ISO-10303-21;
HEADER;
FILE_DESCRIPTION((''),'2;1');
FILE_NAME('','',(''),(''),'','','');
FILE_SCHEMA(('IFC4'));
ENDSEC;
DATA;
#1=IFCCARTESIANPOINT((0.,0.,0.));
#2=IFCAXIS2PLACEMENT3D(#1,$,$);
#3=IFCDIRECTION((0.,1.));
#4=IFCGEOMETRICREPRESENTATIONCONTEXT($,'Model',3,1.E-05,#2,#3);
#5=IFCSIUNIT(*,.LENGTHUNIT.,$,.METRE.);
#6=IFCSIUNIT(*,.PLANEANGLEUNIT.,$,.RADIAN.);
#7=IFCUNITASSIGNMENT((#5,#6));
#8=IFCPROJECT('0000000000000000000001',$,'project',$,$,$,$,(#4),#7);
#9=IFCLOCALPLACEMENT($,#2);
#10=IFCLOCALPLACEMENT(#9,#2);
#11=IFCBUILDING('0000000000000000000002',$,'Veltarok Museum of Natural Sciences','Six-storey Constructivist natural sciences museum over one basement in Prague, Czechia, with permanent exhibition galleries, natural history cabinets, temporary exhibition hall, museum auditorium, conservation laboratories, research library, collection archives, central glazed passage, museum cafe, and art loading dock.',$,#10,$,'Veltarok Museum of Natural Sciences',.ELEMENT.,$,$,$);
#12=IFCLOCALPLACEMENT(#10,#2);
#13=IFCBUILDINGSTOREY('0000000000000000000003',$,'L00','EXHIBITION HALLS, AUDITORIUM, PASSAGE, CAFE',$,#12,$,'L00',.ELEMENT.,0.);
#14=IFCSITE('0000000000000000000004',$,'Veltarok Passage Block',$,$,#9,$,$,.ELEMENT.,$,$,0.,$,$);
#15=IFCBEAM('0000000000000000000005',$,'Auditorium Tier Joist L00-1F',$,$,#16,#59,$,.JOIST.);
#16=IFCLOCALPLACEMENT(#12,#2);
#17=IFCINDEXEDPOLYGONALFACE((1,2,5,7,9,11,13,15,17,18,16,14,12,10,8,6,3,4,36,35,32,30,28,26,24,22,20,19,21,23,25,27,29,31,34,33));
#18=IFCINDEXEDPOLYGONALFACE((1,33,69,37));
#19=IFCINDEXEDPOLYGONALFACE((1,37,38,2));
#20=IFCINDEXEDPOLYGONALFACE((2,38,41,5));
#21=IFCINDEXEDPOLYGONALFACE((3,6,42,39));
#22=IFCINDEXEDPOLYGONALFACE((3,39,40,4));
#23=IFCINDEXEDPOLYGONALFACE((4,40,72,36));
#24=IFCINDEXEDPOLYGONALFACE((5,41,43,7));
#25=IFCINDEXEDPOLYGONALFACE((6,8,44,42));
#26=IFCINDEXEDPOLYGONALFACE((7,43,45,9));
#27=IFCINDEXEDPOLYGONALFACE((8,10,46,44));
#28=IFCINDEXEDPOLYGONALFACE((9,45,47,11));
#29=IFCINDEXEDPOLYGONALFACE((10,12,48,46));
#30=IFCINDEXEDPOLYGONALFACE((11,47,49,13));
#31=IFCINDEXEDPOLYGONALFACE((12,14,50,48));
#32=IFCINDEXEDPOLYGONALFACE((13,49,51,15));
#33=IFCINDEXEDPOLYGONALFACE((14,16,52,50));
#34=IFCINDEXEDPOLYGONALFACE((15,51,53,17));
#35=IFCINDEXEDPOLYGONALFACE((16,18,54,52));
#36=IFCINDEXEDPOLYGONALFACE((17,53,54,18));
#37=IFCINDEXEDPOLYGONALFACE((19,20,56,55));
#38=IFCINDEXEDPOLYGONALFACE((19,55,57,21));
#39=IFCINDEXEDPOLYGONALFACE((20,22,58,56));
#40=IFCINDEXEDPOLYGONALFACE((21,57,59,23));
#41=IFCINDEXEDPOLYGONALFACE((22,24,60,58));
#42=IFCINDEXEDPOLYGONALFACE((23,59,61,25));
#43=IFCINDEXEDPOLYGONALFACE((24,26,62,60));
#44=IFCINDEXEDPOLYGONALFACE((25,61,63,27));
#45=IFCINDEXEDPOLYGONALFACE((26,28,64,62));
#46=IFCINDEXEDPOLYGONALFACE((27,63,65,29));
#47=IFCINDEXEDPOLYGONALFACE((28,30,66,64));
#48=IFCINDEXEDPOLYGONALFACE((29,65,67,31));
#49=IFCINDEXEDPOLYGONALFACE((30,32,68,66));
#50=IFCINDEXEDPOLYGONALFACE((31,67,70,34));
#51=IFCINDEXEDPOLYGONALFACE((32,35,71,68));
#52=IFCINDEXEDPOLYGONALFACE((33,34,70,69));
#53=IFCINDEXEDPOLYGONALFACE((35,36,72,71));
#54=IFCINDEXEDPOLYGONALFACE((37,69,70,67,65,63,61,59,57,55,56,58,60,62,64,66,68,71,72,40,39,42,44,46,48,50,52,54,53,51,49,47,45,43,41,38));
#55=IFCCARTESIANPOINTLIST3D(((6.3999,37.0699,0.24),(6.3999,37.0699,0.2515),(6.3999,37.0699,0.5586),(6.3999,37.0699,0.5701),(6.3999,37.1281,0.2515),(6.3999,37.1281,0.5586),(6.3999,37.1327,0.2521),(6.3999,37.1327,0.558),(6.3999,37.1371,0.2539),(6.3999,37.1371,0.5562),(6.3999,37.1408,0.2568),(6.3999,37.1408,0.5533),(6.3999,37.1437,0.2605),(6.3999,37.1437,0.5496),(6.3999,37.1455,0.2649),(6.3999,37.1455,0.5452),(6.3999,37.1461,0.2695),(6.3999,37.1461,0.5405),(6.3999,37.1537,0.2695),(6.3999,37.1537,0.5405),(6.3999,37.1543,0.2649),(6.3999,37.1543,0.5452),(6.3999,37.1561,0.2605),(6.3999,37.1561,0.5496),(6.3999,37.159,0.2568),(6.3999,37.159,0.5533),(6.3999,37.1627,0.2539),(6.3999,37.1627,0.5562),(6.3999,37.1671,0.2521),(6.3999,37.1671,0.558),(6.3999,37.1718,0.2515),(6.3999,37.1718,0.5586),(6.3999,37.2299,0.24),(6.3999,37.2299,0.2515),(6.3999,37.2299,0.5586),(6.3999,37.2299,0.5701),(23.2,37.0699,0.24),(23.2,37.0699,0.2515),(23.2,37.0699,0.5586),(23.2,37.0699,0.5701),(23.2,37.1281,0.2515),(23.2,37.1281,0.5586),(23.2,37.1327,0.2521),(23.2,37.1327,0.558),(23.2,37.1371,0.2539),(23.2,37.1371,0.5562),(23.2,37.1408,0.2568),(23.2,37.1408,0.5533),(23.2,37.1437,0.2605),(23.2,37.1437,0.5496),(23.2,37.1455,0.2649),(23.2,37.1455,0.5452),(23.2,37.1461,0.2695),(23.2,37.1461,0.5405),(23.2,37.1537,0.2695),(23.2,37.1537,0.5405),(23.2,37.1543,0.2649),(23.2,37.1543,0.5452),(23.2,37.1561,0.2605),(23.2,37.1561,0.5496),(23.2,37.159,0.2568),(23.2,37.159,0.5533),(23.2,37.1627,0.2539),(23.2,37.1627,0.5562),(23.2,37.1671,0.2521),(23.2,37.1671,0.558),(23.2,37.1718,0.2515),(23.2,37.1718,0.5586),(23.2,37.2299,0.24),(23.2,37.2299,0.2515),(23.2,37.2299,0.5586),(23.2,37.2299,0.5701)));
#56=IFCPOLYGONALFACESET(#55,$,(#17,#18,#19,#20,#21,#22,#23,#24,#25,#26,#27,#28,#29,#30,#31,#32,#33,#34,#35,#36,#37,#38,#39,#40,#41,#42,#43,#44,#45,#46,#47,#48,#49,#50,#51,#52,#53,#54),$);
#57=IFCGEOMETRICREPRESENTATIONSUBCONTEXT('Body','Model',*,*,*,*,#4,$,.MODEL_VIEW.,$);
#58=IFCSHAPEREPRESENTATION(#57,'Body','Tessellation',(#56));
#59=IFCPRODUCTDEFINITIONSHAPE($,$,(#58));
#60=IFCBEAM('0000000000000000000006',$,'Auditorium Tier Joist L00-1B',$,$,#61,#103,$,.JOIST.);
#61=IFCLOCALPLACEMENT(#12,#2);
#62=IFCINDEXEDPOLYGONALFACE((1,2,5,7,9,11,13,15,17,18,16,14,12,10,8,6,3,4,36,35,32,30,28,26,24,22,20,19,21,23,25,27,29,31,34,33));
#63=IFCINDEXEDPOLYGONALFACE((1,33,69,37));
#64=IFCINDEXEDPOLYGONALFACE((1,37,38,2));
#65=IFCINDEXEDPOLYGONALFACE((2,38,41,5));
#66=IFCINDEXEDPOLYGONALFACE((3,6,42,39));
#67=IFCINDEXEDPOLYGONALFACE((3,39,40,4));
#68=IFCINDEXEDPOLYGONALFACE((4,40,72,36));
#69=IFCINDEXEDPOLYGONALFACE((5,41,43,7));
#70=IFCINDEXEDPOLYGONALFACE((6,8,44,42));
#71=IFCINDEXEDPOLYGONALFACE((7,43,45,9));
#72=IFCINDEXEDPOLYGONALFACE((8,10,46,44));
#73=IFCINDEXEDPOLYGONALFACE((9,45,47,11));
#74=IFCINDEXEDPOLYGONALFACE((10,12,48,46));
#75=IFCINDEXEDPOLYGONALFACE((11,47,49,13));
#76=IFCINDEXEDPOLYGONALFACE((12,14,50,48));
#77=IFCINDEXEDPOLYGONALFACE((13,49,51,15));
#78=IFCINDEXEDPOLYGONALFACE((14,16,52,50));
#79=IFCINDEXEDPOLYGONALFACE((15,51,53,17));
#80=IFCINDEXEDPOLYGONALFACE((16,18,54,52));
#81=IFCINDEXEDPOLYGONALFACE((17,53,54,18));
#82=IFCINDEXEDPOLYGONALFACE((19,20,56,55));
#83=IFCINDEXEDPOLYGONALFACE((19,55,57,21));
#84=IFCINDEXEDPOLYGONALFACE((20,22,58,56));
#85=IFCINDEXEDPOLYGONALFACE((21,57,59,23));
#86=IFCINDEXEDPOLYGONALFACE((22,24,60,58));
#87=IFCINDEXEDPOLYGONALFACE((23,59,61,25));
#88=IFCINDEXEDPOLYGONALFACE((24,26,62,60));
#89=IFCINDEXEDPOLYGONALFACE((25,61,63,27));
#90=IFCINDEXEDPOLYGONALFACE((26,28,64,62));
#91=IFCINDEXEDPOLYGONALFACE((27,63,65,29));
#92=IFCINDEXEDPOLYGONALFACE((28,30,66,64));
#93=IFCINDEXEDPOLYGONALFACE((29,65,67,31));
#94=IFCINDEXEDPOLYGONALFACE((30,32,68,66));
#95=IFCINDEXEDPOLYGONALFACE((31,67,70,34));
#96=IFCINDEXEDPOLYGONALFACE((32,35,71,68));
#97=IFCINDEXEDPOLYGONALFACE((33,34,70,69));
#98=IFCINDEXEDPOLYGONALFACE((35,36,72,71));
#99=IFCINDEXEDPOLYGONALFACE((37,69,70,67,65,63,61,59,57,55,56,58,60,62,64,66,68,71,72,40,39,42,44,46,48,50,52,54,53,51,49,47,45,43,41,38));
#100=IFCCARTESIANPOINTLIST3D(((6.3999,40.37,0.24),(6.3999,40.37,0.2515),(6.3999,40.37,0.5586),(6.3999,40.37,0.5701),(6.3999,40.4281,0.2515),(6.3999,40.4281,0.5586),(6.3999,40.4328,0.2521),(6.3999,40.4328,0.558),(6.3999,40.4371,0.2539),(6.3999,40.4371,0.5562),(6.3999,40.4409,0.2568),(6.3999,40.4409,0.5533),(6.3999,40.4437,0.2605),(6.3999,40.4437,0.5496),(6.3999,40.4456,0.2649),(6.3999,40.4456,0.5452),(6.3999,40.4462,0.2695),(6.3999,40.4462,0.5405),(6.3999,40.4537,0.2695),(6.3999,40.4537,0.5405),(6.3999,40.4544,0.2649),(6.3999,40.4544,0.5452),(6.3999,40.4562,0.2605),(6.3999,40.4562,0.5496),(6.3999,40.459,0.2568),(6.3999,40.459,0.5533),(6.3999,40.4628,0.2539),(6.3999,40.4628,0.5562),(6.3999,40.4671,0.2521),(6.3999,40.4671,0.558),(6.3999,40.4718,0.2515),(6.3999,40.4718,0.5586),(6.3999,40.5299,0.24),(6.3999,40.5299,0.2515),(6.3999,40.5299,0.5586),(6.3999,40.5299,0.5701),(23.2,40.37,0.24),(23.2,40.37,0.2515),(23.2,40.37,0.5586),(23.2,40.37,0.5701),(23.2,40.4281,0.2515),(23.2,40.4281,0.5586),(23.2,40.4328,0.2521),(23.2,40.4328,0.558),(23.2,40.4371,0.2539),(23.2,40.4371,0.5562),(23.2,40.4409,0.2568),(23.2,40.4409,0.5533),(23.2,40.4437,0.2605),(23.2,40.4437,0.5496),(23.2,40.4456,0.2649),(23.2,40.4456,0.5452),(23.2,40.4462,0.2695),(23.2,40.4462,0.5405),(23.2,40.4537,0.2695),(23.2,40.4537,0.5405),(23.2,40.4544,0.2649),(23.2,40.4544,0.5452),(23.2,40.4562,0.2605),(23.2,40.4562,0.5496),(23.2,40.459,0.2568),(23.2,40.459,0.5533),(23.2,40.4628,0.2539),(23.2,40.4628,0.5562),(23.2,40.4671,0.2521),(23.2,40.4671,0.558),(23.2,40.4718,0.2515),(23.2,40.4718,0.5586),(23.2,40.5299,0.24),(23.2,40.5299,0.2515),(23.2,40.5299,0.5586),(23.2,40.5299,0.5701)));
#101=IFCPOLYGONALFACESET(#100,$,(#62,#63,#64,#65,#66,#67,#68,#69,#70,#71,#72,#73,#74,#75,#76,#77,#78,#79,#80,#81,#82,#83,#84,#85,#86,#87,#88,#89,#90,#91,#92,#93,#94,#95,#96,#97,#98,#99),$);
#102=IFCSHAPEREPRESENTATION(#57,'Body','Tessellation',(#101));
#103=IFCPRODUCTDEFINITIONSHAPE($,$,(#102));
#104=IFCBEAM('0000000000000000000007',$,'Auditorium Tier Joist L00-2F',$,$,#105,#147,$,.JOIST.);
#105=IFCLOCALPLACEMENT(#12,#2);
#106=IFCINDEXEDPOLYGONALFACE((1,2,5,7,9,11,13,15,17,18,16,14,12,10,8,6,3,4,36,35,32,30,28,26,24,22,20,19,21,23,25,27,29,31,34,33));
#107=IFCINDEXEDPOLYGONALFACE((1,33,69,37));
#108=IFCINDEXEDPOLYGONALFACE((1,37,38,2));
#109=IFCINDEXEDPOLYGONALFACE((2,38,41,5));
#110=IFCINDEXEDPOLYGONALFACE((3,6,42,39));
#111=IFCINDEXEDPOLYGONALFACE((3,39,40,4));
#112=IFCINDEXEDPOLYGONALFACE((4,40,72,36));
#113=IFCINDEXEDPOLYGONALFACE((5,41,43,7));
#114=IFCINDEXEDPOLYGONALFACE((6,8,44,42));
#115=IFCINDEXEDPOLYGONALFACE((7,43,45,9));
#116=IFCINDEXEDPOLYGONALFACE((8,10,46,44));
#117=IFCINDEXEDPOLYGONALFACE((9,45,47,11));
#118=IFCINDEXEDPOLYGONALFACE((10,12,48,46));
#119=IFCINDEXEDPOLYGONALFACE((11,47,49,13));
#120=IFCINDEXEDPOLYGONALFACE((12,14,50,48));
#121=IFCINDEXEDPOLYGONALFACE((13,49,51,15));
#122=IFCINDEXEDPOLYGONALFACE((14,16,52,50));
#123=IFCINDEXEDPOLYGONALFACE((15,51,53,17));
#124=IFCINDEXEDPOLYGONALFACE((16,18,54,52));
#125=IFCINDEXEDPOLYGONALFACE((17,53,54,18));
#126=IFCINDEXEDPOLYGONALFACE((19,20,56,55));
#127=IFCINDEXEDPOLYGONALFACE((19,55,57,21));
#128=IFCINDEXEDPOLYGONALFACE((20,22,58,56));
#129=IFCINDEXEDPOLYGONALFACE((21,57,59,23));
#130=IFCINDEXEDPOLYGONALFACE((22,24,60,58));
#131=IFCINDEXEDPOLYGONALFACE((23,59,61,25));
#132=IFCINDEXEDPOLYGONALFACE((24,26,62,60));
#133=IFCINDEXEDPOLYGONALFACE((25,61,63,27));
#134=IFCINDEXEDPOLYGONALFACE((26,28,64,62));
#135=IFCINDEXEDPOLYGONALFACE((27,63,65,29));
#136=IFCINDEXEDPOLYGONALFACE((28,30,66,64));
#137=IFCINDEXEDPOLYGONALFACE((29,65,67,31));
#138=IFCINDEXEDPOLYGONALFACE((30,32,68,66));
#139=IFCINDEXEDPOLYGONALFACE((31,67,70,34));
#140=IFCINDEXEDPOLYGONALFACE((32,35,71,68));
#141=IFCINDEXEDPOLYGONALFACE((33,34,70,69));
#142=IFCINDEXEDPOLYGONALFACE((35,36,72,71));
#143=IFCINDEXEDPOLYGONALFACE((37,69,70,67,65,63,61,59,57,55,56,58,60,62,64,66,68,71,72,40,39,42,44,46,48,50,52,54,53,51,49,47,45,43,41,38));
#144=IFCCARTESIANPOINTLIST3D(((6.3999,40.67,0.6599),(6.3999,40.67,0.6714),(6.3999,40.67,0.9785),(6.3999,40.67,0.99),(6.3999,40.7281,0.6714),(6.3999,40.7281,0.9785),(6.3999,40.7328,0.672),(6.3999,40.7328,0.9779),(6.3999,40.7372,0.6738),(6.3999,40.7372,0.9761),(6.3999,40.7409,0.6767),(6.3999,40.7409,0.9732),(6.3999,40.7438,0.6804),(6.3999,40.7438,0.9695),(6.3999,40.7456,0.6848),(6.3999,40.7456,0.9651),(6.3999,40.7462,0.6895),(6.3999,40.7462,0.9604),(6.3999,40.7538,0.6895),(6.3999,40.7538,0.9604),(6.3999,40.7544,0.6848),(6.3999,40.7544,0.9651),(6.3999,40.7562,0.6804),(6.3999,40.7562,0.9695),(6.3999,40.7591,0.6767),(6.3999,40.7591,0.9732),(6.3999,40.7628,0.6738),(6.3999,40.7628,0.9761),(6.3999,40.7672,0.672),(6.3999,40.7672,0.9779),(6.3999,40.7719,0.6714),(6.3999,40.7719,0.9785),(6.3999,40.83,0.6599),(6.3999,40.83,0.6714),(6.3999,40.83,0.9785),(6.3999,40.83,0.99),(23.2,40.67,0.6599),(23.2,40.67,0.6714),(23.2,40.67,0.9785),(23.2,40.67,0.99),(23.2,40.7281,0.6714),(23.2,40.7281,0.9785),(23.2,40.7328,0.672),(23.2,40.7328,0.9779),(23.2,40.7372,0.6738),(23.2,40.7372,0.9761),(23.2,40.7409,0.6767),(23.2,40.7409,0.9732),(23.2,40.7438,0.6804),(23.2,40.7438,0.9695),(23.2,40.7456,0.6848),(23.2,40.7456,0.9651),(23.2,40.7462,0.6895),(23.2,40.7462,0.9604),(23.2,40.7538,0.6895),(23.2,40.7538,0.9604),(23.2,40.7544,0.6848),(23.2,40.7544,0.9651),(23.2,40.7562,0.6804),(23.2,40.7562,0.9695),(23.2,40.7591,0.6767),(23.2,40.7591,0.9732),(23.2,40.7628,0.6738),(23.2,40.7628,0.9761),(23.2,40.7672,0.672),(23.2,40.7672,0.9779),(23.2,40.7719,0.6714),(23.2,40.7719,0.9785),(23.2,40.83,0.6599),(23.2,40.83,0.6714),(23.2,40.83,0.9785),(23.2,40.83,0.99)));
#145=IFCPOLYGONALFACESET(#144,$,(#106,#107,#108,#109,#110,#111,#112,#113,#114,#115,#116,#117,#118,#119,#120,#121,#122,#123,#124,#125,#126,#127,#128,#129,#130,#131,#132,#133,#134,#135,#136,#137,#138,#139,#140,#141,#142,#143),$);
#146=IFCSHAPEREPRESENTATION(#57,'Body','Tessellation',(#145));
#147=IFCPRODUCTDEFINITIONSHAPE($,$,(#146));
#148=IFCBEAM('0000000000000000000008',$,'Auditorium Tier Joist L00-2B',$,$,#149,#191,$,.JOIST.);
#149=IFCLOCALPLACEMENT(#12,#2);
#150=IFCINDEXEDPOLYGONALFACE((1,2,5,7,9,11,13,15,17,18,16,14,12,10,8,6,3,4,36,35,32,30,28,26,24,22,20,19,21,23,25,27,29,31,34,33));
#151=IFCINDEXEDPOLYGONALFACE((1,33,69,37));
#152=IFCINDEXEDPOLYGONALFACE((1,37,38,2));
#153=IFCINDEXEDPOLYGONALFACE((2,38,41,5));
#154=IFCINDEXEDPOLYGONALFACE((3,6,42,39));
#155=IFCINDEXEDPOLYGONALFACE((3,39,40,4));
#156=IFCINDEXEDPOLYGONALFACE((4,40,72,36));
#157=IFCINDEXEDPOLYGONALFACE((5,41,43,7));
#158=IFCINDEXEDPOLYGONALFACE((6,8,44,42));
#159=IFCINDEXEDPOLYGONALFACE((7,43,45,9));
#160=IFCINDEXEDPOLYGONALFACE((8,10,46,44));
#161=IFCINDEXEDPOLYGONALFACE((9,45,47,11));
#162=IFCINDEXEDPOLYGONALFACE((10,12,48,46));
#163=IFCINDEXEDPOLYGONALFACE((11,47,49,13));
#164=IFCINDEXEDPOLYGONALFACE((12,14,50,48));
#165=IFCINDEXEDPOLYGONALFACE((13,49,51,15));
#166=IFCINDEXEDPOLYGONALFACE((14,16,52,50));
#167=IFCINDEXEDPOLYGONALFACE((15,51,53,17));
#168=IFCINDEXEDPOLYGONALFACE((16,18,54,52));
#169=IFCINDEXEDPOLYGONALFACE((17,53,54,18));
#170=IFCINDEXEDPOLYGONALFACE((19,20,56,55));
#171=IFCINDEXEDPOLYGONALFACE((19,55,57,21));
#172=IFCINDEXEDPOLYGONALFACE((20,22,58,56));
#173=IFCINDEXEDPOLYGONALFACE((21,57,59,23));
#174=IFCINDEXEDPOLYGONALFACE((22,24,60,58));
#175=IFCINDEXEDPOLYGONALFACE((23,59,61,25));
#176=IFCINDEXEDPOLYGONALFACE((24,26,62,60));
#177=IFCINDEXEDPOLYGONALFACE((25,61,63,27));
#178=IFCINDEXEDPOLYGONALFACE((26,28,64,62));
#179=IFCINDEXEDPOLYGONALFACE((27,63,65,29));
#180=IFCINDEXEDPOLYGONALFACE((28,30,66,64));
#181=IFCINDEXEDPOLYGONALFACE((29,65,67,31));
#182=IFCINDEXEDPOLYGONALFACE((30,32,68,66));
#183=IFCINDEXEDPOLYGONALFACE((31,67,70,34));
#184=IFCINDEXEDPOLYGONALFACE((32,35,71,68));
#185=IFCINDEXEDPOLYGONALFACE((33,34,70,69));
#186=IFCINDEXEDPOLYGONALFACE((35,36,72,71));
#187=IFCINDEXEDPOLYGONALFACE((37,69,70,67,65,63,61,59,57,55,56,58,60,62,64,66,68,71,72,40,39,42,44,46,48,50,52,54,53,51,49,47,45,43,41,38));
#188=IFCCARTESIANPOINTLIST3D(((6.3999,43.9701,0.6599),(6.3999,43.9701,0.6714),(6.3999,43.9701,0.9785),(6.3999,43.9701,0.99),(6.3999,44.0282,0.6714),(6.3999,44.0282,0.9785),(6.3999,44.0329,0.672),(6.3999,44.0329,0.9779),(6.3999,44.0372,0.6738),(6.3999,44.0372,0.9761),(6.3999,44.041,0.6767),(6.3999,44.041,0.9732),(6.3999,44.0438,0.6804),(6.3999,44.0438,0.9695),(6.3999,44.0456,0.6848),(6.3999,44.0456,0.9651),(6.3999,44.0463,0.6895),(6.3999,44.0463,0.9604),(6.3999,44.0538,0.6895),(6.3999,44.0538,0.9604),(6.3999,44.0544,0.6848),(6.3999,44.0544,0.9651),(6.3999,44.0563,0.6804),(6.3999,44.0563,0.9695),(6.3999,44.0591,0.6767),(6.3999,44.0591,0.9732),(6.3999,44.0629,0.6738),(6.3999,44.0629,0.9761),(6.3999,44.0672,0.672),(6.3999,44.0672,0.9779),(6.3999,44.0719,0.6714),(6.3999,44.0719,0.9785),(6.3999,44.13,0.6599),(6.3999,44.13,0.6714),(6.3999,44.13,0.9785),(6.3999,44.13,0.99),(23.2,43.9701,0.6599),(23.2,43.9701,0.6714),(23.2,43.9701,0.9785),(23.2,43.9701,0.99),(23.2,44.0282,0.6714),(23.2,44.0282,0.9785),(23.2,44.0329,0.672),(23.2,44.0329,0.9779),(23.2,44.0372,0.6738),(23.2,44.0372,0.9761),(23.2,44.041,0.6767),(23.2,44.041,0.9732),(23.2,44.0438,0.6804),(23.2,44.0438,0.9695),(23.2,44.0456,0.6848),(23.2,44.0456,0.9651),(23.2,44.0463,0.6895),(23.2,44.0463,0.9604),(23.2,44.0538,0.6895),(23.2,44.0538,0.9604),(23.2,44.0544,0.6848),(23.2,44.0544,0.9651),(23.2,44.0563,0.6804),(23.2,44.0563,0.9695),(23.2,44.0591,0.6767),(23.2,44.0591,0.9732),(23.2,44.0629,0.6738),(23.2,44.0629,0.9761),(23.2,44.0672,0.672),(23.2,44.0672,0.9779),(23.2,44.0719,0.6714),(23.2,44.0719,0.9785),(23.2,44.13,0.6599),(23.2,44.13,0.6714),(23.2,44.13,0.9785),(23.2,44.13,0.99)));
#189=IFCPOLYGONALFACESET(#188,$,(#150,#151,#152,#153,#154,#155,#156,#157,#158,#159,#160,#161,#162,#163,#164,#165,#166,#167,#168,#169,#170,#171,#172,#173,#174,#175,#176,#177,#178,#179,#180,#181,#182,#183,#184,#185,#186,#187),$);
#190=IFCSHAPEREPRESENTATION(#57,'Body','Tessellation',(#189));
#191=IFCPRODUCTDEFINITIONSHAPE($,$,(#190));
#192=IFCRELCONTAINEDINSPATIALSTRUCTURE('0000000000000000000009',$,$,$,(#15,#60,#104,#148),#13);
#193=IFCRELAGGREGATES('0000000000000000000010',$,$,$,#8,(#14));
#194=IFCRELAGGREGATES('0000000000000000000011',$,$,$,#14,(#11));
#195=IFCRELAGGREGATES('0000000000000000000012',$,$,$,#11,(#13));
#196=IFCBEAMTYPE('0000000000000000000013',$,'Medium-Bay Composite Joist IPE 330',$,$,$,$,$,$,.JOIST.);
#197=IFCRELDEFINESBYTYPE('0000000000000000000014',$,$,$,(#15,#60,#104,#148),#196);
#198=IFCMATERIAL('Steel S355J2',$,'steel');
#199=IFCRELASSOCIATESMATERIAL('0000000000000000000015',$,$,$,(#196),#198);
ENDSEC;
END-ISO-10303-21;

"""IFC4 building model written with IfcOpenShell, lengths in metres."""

from ifc_helpers import new_model, si_unit, direction, frame, origin, origin_2d, place, context, subcontext, project, spatial, i_section, extrude, material, material_profile, profile_set, type_object, element, save


model = new_model("IFC4")

# Units and contexts
model_context = context("Model", 3, precision=1e-05, world=origin(), true_north=direction((0.0, 1.0)))
body_context = subcontext(model_context, "Body", "Model", "MODEL_VIEW")
ifc_project = project(units=[si_unit("LENGTHUNIT", "METRE"), si_unit("PLANEANGLEUNIT", "RADIAN")], contexts=[model_context])

# Site, building, storey
site_placement = place(None, origin())
site = spatial("IfcSite", under=ifc_project, at=site_placement, Name="Veltarok Passage Block", CompositionType="ELEMENT", RefElevation=0.0)
building_placement = place(site_placement, origin())
building = spatial("IfcBuilding", under=site, at=building_placement, Name="Veltarok Museum of Natural Sciences", Description="Six-storey Constructivist natural sciences museum over one basement in Prague, Czechia, with permanent exhibition galleries, natural history cabinets, temporary exhibition hall, museum auditorium, conservation laboratories, research library, collection archives, central glazed passage, museum cafe, and art loading dock.", LongName="Veltarok Museum of Natural Sciences", CompositionType="ELEMENT")
storey_placement = place(building_placement, origin())
storey = spatial("IfcBuildingStorey", under=building, at=storey_placement, Name="L00", Description="EXHIBITION HALLS, AUDITORIUM, PASSAGE, CAFE", LongName="L00", CompositionType="ELEMENT", Elevation=0.0)

# Shared definitions
ifc_material_1 = material(Name="Steel S355J2", Category="steel")

# Beams
ifc_material_profile_1 = material_profile(ifc_material_1, i_section(OverallWidth=0.1599, OverallDepth=0.3301, WebThickness=0.0076, FlangeThickness=0.0115, FilletRadius=0.0181, at=origin_2d()), Name="IPE 330")
ifc_profile_set_1 = profile_set([ifc_material_profile_1], Name="Steel S355J2")
beam_type_1 = type_object("IfcBeamType", Name="Medium-Bay Composite Joist IPE 330", PredefinedType="JOIST", material=ifc_profile_set_1)
for number, where, z_axis, x_axis, name in (
    (1, (6.3999, 37.1499, 0.405), (1.0, 0.0, 0.0), (0.0, 1.0, 0.0), "Auditorium Tier Joist L00-1F"),
    (2, (6.3999, 40.45, 0.405), (1.0, 0.0, 0.0), (0.0, 1.0, 0.0), "Auditorium Tier Joist L00-1B"),
    (3, (6.3999, 40.75, 0.825), (1.0, 0.0, 0.0), (0.0, 1.0, 0.0), "Auditorium Tier Joist L00-2F"),
    (4, (6.3999, 44.05, 0.825), (1.0, 0.0, 0.0), (0.0, 1.0, 0.0), "Auditorium Tier Joist L00-2B"),
):
    element("IfcBeam", number, at=place(storey_placement, frame(where, z_axis=z_axis, x_axis=x_axis)), inside=storey, type_object=beam_type_1, Name=name, PredefinedType="JOIST", context=body_context, shape_type="SweptSolid", body=[
        extrude(i_section(OverallWidth=0.1599, OverallDepth=0.3301, WebThickness=0.0076, FlangeThickness=0.0115, FilletRadius=0.0181, at=origin_2d()), origin(), (0.0, 0.0, 1.0), 16.8),
    ])

save(model, "model.ifc")
